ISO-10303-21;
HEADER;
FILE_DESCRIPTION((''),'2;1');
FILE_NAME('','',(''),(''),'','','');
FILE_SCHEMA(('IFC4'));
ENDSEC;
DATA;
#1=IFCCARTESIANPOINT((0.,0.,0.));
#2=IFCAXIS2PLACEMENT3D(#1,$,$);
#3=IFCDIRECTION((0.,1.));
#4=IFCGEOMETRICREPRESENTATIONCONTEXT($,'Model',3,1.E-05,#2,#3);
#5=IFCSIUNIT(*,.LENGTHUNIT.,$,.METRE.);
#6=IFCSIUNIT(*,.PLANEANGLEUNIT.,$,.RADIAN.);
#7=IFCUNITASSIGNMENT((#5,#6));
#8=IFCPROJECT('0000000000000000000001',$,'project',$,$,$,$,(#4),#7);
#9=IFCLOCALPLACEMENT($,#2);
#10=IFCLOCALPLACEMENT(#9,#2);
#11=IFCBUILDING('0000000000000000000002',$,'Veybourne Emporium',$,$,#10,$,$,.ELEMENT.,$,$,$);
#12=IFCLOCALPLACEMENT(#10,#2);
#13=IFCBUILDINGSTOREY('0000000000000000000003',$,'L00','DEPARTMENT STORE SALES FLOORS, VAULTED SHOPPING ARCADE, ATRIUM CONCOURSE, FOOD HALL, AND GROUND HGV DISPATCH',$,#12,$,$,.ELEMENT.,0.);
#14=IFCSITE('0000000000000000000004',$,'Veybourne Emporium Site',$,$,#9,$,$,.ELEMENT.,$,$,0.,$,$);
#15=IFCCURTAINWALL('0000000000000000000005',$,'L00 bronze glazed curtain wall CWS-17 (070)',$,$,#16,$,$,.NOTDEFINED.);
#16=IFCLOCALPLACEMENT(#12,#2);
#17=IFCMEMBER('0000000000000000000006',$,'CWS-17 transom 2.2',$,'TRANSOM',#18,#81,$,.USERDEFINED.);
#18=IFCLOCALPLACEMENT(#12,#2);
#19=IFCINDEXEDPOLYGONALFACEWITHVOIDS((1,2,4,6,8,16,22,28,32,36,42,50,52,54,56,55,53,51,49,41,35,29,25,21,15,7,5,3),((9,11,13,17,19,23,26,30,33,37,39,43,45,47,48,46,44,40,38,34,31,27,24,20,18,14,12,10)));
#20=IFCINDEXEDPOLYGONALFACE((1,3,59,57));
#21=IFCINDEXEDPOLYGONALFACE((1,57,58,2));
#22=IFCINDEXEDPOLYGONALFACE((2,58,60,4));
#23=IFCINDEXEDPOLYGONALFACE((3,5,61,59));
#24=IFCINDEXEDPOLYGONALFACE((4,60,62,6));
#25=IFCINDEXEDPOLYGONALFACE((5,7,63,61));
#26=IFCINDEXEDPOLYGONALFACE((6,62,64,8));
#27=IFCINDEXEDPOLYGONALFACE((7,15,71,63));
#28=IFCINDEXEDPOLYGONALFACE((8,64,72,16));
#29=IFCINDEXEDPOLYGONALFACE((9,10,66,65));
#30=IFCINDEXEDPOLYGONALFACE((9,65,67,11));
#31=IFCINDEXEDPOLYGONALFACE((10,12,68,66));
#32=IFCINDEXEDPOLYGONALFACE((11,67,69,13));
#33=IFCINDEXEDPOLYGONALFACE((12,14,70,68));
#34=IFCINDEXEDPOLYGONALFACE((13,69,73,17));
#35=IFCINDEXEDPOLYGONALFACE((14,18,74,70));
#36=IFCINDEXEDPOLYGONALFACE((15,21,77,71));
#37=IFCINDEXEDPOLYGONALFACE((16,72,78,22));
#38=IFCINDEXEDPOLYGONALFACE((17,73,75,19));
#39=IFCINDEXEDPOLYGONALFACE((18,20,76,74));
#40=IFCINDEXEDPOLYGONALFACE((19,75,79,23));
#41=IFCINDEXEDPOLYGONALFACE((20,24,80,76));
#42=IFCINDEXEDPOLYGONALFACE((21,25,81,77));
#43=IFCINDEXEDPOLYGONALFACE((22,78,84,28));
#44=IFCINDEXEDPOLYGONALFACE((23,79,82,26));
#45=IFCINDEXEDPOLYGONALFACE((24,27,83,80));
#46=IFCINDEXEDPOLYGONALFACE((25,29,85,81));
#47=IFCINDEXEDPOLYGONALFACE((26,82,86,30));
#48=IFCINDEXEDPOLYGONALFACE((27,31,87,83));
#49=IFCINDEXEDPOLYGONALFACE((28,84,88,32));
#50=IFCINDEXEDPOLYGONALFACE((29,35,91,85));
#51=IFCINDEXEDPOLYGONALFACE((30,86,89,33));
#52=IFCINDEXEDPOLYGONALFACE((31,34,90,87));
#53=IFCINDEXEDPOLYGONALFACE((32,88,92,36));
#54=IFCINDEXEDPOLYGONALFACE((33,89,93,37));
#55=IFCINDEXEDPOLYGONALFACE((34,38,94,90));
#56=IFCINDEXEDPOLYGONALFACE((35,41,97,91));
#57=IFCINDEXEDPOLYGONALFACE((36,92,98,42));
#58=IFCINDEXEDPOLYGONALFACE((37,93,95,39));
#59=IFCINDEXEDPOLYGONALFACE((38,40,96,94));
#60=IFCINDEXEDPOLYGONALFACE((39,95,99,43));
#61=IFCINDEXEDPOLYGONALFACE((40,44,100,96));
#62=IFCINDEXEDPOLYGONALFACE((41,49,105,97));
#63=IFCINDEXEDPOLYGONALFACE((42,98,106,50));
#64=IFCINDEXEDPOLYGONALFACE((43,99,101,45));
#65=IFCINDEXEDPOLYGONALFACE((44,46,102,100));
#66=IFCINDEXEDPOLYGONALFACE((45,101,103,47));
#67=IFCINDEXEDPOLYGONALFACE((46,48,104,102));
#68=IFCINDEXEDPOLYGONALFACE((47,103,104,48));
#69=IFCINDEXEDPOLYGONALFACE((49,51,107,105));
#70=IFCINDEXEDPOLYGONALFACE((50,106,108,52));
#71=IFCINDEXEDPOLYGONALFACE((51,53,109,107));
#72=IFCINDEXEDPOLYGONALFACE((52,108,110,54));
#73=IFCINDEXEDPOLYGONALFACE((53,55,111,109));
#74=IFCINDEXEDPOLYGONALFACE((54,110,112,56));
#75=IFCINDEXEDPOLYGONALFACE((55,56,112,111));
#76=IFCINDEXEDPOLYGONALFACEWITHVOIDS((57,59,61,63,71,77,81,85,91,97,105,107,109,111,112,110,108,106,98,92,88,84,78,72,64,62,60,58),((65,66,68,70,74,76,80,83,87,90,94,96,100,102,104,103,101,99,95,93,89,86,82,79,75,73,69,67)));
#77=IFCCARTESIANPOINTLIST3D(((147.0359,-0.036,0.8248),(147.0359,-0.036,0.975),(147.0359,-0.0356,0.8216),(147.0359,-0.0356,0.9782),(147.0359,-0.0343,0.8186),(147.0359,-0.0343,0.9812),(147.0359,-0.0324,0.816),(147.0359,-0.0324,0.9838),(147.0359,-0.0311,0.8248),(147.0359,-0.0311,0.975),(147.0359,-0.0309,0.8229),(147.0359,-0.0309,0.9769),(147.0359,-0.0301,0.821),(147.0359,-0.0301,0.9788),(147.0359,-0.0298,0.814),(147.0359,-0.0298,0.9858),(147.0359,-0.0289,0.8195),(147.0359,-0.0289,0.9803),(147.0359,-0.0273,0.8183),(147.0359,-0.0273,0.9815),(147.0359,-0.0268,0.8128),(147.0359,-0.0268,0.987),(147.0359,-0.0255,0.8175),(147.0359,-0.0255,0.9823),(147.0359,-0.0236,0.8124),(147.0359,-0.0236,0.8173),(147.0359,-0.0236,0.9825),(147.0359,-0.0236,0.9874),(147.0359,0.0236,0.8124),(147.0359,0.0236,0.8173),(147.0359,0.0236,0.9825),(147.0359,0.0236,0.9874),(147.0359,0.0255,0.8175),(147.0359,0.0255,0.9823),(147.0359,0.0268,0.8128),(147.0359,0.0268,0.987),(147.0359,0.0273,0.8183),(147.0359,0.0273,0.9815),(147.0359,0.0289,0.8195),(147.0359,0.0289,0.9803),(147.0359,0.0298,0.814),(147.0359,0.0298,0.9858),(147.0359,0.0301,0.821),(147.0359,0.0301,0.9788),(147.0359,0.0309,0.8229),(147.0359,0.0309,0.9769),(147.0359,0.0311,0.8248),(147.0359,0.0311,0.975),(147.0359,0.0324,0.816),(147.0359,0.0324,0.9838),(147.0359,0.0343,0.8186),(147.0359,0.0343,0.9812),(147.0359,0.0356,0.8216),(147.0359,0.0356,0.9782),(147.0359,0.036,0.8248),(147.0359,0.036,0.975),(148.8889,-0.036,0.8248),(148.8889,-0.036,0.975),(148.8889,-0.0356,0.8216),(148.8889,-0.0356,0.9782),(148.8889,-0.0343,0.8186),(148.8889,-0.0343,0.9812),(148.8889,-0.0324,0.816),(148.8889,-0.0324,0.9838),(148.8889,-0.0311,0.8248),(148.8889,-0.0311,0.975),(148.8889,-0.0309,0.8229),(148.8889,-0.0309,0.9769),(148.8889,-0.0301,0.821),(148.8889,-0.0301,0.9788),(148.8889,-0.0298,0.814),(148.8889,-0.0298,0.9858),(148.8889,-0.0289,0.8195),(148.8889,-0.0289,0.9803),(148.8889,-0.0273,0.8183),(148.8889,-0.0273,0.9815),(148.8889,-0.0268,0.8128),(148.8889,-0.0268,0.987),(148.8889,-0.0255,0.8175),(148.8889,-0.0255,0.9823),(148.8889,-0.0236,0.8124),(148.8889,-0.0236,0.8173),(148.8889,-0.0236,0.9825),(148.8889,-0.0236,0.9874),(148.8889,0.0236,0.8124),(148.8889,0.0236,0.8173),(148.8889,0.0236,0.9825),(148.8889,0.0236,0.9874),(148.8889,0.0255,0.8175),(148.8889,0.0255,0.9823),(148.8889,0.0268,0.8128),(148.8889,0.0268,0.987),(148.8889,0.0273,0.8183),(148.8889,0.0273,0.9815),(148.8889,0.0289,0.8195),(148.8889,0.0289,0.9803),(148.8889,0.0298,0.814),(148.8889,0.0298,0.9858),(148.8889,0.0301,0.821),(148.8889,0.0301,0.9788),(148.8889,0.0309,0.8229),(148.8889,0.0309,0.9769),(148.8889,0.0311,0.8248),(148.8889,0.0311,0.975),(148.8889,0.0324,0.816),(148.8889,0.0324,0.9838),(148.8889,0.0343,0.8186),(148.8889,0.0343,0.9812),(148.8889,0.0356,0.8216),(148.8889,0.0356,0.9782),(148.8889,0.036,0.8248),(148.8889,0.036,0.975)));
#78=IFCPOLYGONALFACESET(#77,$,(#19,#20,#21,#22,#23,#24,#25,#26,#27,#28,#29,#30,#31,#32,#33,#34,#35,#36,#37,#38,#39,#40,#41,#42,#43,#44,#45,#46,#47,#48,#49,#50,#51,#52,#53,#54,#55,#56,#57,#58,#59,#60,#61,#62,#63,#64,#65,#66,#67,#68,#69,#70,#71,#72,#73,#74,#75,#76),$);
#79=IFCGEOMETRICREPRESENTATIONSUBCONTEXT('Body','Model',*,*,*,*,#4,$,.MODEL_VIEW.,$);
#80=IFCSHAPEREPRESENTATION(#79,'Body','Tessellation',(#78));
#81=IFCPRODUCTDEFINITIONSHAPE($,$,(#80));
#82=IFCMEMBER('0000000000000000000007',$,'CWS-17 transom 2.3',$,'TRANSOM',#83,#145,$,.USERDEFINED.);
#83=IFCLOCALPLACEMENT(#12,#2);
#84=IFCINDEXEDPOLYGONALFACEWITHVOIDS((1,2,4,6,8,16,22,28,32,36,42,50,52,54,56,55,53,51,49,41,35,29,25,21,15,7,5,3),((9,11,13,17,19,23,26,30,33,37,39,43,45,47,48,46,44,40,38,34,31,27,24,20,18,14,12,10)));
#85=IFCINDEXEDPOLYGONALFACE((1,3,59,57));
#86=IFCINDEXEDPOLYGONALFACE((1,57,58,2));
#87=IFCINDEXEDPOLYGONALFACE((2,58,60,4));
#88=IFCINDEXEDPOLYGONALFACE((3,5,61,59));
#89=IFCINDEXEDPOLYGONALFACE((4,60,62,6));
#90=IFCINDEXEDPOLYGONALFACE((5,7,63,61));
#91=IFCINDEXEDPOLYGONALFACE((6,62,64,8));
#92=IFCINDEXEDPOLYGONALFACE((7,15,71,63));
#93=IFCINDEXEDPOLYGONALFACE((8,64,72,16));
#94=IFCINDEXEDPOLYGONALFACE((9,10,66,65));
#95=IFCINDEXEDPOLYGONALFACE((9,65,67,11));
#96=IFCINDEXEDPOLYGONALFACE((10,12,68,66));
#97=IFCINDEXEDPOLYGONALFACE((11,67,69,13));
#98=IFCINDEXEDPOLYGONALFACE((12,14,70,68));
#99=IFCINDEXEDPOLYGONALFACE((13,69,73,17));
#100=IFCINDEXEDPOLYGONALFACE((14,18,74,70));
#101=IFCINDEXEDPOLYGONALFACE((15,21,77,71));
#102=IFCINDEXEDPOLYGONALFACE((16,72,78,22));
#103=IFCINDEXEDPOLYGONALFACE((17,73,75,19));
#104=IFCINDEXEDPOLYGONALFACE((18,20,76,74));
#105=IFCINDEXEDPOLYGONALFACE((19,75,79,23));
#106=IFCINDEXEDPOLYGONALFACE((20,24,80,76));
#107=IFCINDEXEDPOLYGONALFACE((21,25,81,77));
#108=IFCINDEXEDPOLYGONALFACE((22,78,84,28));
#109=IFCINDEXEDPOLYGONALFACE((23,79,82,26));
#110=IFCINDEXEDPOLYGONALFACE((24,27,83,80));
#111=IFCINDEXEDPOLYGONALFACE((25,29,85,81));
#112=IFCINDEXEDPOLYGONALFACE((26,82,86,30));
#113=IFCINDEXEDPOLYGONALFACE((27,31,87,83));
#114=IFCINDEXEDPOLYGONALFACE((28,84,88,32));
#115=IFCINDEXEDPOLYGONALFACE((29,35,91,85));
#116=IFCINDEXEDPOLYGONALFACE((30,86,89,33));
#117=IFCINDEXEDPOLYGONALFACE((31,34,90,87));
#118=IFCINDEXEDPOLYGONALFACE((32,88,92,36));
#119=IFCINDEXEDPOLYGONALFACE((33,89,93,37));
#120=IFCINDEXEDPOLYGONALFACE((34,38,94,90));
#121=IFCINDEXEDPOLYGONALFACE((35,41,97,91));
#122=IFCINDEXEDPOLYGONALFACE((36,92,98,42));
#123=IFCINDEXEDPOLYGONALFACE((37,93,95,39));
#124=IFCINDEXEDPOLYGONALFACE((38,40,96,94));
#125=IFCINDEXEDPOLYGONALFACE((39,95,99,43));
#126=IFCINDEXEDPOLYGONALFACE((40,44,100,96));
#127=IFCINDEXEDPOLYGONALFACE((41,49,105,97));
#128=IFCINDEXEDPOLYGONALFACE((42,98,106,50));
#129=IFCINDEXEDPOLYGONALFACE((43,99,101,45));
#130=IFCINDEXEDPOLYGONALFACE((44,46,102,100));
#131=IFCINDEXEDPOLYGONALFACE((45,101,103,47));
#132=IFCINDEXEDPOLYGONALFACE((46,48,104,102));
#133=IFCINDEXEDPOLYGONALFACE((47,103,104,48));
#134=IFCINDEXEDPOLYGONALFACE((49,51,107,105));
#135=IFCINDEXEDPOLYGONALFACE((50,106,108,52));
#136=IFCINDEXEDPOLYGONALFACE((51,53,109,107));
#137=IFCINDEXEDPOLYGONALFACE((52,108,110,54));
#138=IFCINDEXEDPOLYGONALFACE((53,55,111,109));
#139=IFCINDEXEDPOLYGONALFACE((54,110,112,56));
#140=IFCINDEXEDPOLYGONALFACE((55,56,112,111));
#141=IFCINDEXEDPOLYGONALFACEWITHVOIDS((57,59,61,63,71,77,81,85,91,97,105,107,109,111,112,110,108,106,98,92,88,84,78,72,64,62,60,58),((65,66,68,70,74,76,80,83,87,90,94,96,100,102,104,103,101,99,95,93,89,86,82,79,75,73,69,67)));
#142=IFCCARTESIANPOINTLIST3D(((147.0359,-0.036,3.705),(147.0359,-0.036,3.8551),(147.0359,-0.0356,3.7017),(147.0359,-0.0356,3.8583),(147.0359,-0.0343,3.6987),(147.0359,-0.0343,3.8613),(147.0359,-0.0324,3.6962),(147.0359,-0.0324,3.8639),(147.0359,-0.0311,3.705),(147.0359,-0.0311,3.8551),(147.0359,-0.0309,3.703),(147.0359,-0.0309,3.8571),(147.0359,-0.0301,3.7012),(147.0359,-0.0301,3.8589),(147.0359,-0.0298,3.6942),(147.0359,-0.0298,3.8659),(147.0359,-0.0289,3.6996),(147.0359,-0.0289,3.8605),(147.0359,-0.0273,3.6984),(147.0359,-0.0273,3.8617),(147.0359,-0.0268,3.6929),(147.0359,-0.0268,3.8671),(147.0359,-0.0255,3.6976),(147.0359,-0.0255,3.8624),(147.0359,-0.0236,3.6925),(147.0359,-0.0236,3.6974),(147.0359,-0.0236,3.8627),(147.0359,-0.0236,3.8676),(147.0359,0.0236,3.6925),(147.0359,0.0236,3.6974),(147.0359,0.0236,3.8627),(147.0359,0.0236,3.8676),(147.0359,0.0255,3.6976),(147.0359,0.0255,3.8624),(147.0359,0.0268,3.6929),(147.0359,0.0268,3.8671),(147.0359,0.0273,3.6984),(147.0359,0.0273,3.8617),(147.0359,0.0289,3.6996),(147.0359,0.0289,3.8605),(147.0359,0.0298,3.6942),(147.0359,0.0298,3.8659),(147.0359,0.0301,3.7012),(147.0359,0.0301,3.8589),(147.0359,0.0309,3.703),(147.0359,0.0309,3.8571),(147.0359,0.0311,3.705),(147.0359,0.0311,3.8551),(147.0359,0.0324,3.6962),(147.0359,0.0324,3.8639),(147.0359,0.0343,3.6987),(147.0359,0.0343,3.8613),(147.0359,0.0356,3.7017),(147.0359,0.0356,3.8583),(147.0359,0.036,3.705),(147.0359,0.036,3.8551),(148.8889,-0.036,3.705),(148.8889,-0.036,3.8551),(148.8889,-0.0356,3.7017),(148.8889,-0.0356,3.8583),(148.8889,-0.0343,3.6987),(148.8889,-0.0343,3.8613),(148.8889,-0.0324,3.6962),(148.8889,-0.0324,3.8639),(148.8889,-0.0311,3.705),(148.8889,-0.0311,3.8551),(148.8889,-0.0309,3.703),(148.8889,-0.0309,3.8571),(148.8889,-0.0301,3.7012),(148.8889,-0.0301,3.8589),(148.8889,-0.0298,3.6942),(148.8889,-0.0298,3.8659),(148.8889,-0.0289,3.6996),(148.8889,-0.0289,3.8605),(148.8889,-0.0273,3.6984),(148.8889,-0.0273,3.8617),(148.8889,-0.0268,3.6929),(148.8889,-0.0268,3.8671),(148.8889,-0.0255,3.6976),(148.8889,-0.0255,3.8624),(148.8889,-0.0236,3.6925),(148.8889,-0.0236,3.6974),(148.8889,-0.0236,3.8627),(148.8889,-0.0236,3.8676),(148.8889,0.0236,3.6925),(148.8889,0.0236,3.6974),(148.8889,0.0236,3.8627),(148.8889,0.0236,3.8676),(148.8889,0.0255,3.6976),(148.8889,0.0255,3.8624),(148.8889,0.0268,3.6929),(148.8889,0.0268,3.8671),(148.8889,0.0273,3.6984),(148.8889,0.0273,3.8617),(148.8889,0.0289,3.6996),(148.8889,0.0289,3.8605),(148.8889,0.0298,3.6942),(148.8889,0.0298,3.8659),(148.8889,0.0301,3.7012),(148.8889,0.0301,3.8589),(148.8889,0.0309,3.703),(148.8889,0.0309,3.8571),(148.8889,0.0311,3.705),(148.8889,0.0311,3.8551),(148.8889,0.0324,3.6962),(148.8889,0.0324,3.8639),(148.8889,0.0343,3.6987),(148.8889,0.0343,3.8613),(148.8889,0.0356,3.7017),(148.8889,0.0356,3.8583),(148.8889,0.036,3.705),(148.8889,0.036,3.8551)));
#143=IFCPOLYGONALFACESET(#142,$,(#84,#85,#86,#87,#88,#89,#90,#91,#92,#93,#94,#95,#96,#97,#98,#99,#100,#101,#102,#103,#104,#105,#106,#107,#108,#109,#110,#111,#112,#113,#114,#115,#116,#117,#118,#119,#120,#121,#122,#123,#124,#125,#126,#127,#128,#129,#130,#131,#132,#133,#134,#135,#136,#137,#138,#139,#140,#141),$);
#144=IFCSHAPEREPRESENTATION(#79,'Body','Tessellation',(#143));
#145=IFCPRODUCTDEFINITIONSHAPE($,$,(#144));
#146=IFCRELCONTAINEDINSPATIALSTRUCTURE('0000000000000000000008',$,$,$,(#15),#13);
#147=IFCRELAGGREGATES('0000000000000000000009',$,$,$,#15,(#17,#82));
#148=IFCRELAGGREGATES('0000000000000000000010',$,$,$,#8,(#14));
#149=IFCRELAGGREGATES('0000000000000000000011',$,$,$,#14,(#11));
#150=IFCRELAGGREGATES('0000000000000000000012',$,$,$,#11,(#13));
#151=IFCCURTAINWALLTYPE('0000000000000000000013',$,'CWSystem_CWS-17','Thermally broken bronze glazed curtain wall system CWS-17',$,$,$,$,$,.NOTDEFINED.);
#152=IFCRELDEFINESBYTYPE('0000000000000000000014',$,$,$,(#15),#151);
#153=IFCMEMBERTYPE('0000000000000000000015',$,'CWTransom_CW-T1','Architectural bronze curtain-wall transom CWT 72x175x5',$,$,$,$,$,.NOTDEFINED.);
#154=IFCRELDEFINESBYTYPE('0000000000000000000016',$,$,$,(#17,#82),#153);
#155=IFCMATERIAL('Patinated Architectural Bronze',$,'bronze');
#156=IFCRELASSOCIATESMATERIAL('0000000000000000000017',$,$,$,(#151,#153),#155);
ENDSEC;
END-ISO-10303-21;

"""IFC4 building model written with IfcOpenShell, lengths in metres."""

from ifc_helpers import new_model, si_unit, direction, frame, origin, origin_2d, place, context, subcontext, project, spatial, hollow_rectangle, extrude, material, material_profile, profile_set, type_object, element, aggregate, save


model = new_model("IFC4")

# Units and contexts
model_context = context("Model", 3, precision=1e-05, world=origin(), true_north=direction((0.0, 1.0)))
body_context = subcontext(model_context, "Body", "Model", "MODEL_VIEW")
ifc_project = project(units=[si_unit("LENGTHUNIT", "METRE"), si_unit("PLANEANGLEUNIT", "RADIAN")], contexts=[model_context])

# Site, building, storey
site_placement = place(None, origin())
site = spatial("IfcSite", under=ifc_project, at=site_placement, Name="Veybourne Emporium Site", CompositionType="ELEMENT", RefElevation=0.0)
building_placement = place(site_placement, origin())
building = spatial("IfcBuilding", under=site, at=building_placement, Name="Veybourne Emporium", CompositionType="ELEMENT")
storey_placement = place(building_placement, origin())
storey = spatial("IfcBuildingStorey", under=building, at=storey_placement, Name="L00", Description="DEPARTMENT STORE SALES FLOORS, VAULTED SHOPPING ARCADE, ATRIUM CONCOURSE, FOOD HALL, AND GROUND HGV DISPATCH", CompositionType="ELEMENT", Elevation=0.0)

# Curtain wall, members
ifc_material_1 = material(Name="Patinated Architectural Bronze", Category="bronze")
curtain_wall_type = type_object("IfcCurtainWallType", Name="CWSystem_CWS-17", Description="Thermally broken bronze glazed curtain wall system CWS-17", PredefinedType="NOTDEFINED", material=ifc_material_1)
curtain_wall_placement = place(storey_placement, origin())
curtain_wall = element("IfcCurtainWall", 1, at=curtain_wall_placement, inside=storey, type_object=curtain_wall_type, Name="L00 bronze glazed curtain wall CWS-17 (070)", PredefinedType="NOTDEFINED")
ifc_material_profile_1 = material_profile(ifc_material_1, hollow_rectangle(XDim=0.072, YDim=0.175, WallThickness=0.0049, InnerFilletRadius=0.0076, OuterFilletRadius=0.0125, at=origin_2d()), Name="CWT 72x175x5")
ifc_profile_set_1 = profile_set([ifc_material_profile_1], Name="Patinated Architectural Bronze")
member_type_1 = type_object("IfcMemberType", Name="CWTransom_CW-T1", Description="Architectural bronze curtain-wall transom CWT 72x175x5", PredefinedType="NOTDEFINED", material=ifc_profile_set_1)
member_1_placement = place(storey_placement, frame((148.8889, 0.0, 0.8999), z_axis=(-1.0, 0.0, 0.0), x_axis=(0.0, -1.0, 0.0)))
member_1 = element("IfcMember", 2, at=member_1_placement, type_object=member_type_1, Name="CWS-17 transom 2.2", ObjectType="TRANSOM", PredefinedType="USERDEFINED", context=body_context, shape_type="SweptSolid", body=[
    extrude(hollow_rectangle(XDim=0.072, YDim=0.175, WallThickness=0.0049, InnerFilletRadius=0.0076, OuterFilletRadius=0.0125, at=origin_2d()), origin(), (0.0, 0.0, 1.0), 1.853),
])
member_2_placement = place(storey_placement, frame((148.8889, 0.0, 3.78), z_axis=(-1.0, 0.0, 0.0), x_axis=(0.0, -1.0, 0.0)))
member_2 = element("IfcMember", 3, at=member_2_placement, type_object=member_type_1, Name="CWS-17 transom 2.3", ObjectType="TRANSOM", PredefinedType="USERDEFINED", context=body_context, shape_type="SweptSolid", body=[
    extrude(hollow_rectangle(XDim=0.072, YDim=0.175, WallThickness=0.0049, InnerFilletRadius=0.0076, OuterFilletRadius=0.0125, at=origin_2d()), origin(), (0.0, 0.0, 1.0), 1.853),
])

aggregate(curtain_wall, [member_1, member_2])

save(model, "model.ifc")
